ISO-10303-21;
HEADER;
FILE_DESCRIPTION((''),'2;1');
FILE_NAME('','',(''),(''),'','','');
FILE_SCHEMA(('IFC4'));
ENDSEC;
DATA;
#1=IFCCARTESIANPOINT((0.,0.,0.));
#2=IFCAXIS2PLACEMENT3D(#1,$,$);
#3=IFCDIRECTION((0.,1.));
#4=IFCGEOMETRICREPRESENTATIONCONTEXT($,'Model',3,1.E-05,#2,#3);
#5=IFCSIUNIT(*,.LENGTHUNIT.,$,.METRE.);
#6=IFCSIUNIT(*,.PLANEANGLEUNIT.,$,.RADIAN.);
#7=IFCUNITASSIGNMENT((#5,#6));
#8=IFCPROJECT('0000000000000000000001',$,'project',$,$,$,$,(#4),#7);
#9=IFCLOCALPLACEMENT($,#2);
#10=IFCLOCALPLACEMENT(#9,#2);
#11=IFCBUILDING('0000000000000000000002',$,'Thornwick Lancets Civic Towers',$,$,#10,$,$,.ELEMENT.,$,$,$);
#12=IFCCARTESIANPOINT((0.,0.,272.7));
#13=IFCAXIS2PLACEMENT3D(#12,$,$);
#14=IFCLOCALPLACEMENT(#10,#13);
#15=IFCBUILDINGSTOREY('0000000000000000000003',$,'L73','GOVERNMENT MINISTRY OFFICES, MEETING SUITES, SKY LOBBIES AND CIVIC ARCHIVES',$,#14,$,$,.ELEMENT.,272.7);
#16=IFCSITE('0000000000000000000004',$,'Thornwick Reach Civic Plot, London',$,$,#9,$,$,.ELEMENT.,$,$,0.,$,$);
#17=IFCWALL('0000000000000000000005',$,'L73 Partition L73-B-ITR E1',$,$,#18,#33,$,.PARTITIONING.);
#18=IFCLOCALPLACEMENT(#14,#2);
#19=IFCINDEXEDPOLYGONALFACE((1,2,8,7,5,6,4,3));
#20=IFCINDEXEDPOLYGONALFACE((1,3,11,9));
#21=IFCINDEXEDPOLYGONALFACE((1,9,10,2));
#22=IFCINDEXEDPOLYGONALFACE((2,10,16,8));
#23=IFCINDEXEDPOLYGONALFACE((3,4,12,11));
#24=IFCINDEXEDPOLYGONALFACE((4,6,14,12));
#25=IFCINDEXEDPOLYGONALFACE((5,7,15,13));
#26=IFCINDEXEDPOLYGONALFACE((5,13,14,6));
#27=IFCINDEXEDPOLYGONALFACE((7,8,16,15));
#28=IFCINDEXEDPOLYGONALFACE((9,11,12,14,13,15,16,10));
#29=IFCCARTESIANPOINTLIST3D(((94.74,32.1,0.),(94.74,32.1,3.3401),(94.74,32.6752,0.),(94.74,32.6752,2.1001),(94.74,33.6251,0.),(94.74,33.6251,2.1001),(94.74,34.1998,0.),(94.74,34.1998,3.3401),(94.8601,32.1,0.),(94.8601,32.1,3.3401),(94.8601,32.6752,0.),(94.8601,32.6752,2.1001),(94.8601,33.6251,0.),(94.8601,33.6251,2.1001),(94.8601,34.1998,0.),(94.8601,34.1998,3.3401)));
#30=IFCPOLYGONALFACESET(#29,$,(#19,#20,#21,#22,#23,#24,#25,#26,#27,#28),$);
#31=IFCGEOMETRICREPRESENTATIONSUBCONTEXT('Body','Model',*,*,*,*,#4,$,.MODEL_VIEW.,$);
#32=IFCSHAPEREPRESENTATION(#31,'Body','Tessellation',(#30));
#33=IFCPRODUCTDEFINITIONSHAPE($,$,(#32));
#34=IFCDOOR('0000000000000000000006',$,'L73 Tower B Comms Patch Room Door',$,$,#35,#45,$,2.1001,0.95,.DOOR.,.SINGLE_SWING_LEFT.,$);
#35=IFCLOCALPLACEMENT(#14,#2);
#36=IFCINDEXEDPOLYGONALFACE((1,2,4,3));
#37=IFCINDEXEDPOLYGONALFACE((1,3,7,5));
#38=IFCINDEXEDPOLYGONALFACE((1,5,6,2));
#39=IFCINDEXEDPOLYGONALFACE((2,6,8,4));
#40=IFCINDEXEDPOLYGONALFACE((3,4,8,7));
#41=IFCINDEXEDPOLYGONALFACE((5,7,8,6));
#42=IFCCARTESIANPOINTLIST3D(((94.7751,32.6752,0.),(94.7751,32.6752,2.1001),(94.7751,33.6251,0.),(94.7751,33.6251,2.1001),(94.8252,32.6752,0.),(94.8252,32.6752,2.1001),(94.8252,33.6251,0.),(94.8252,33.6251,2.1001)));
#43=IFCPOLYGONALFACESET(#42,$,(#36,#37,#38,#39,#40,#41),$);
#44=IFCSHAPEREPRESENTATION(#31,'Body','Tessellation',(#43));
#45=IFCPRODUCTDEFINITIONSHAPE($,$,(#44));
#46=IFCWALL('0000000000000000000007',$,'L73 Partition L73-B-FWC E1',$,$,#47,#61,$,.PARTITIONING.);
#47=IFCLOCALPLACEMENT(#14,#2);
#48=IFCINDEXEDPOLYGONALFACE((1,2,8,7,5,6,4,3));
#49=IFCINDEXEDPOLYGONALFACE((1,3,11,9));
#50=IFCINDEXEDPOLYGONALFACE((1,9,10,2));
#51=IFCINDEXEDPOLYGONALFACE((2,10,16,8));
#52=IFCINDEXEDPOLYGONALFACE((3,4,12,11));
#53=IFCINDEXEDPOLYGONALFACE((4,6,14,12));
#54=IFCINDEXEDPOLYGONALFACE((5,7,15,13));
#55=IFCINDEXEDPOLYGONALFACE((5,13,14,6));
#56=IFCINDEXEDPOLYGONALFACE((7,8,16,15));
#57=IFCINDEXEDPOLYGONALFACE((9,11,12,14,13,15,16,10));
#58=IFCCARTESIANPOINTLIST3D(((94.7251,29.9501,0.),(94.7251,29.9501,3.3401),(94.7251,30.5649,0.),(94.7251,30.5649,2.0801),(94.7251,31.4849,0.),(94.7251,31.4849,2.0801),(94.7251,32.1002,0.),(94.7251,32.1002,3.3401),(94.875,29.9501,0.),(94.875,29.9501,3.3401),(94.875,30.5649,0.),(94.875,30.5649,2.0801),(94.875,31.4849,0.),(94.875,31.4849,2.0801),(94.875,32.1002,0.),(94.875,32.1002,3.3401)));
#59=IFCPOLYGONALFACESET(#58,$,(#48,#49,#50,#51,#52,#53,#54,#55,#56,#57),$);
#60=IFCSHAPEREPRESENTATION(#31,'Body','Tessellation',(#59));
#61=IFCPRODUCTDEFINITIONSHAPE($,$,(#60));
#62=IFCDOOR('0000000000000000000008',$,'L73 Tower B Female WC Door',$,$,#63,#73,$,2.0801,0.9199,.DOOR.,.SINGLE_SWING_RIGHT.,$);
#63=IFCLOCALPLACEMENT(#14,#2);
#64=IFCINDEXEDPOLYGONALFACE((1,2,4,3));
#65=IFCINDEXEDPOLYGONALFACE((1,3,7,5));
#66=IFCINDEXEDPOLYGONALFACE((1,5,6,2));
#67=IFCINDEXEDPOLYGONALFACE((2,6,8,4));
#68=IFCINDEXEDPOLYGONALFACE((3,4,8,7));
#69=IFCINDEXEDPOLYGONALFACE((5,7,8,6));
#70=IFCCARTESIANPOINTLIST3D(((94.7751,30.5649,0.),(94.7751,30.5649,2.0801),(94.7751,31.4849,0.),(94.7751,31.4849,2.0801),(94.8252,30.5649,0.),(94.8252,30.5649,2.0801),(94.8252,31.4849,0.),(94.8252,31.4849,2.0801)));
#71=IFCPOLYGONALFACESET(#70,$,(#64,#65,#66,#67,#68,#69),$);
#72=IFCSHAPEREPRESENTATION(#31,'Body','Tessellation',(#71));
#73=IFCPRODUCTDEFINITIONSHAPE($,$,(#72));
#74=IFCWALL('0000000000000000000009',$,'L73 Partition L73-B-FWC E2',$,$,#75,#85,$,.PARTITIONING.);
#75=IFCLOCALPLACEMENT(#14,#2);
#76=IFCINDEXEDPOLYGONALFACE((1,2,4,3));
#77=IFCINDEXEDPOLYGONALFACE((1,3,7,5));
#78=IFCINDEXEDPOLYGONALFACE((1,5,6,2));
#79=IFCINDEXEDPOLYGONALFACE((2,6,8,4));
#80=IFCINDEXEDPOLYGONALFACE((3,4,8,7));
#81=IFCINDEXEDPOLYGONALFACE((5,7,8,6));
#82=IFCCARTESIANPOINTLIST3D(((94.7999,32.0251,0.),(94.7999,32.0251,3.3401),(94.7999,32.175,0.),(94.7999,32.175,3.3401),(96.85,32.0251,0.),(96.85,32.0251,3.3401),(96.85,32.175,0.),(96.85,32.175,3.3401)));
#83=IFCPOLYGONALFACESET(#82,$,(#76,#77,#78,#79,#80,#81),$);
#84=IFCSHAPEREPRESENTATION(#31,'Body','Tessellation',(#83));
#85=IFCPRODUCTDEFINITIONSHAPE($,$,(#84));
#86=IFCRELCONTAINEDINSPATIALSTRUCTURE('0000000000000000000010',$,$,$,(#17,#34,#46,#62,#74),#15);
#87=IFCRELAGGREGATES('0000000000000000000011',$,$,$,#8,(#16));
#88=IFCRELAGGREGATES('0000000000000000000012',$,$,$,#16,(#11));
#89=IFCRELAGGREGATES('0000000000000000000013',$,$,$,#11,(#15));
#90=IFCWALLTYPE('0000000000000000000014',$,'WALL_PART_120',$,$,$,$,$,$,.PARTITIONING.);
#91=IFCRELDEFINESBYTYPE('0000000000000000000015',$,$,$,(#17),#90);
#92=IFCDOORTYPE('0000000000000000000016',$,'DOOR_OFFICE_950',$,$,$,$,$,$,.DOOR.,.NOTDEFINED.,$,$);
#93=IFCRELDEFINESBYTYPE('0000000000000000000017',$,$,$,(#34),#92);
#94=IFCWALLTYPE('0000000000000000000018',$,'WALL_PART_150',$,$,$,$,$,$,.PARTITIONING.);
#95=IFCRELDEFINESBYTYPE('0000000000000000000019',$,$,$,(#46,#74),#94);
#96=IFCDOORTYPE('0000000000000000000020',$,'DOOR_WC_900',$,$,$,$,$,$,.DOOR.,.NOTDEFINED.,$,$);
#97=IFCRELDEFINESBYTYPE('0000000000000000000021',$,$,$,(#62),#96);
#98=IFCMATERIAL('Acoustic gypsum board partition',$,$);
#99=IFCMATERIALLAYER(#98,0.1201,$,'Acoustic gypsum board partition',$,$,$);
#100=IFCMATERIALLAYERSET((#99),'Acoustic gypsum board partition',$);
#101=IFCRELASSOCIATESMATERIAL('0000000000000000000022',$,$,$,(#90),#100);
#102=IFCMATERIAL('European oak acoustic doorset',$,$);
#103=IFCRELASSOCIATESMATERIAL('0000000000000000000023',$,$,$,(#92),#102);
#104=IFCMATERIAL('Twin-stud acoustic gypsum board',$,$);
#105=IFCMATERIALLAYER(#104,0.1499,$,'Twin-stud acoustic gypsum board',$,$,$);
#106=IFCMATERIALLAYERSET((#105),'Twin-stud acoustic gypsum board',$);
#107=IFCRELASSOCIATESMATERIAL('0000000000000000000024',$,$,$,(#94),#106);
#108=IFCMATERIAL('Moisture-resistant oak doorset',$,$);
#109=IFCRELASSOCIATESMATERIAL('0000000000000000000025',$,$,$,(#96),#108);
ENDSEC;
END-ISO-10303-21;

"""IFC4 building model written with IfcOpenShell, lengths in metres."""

from ifc_helpers import new_model, si_unit, direction, frame, frame_2d, origin, place, context, subcontext, project, spatial, rectangle, extrude, material, layer, layer_set, type_object, element, fill, save


model = new_model("IFC4")

# Units and contexts
model_context = context("Model", 3, precision=1e-05, world=origin(), true_north=direction((0.0, 1.0)))
body_context = subcontext(model_context, "Body", "Model", "MODEL_VIEW")
ifc_project = project(units=[si_unit("LENGTHUNIT", "METRE"), si_unit("PLANEANGLEUNIT", "RADIAN")], contexts=[model_context])

# Site, building, storey
site_placement = place(None, origin())
site = spatial("IfcSite", under=ifc_project, at=site_placement, Name="Thornwick Reach Civic Plot, London", CompositionType="ELEMENT", RefElevation=0.0)
building_placement = place(site_placement, origin())
building = spatial("IfcBuilding", under=site, at=building_placement, Name="Thornwick Lancets Civic Towers", CompositionType="ELEMENT")
storey_placement = place(building_placement, frame((0.0, 0.0, 272.7)))
storey = spatial("IfcBuildingStorey", under=building, at=storey_placement, Name="L73", Description="GOVERNMENT MINISTRY OFFICES, MEETING SUITES, SKY LOBBIES AND CIVIC ARCHIVES", CompositionType="ELEMENT", Elevation=272.7)

# Walls, openings, doors
ifc_material_1 = material(Name="Acoustic gypsum board partition")
ifc_layer_1 = layer(ifc_material_1, 0.1201, Name="Acoustic gypsum board partition")
ifc_layer_set_1 = layer_set([ifc_layer_1], Name="Acoustic gypsum board partition")
wall_type_1 = type_object("IfcWallType", Name="WALL_PART_120", PredefinedType="PARTITIONING", material=ifc_layer_set_1)
wall_1_placement = place(storey_placement, frame((94.8, 32.1001, 0.0), z_axis=(0.0, 0.0, 1.0), x_axis=(0.0, 1.0, 0.0)))
wall_1 = element("IfcWall", 1, at=wall_1_placement, inside=storey, type_object=wall_type_1, Name="L73 Partition L73-B-ITR E1", PredefinedType="PARTITIONING", context=body_context, shape_type="SweptSolid", body=[
    extrude(rectangle(XDim=2.0999, YDim=0.1201, at=frame_2d((1.0498, 0.0))), origin(), (0.0, 0.0, 1.0), 3.3401),
])
opening_1_placement = place(wall_1_placement, frame((0.575, 0.0, 0.0)))
opening_1 = element("IfcOpeningElement", 2, at=opening_1_placement, cuts=wall_1, PredefinedType="OPENING", context=body_context, shape_type="SweptSolid", body=[
    extrude(rectangle(XDim=0.95, YDim=2.1001, at=frame_2d((0.4751, 1.05))), frame((0.0, 0.0701, 0.0), z_axis=(0.0, -1.0, 0.0), x_axis=(1.0, 0.0, 0.0)), (0.0, 0.0, 1.0), 0.1401),
])
ifc_material_2 = material(Name="European oak acoustic doorset")
door_type_1 = type_object("IfcDoorType", Name="DOOR_OFFICE_950", OperationType="NOTDEFINED", PredefinedType="DOOR", material=ifc_material_2)
door_1_placement = place(opening_1_placement, origin())
door_1 = element("IfcDoor", 3, at=door_1_placement, inside=storey, type_object=door_type_1, Name="L73 Tower B Comms Patch Room Door", OperationType="SINGLE_SWING_LEFT", OverallHeight=2.1001, OverallWidth=0.95, PredefinedType="DOOR", context=body_context, shape_type="SweptSolid", body=[
    extrude(rectangle(XDim=0.95, YDim=2.1001, at=frame_2d((0.4751, 1.05))), frame((0.0, 0.0249, 0.0), z_axis=(0.0, -1.0, 0.0), x_axis=(1.0, 0.0, 0.0)), (0.0, 0.0, 1.0), 0.05),
])
fill(opening_1, door_1)
ifc_material_3 = material(Name="Twin-stud acoustic gypsum board")
ifc_layer_2 = layer(ifc_material_3, 0.1499, Name="Twin-stud acoustic gypsum board")
ifc_layer_set_2 = layer_set([ifc_layer_2], Name="Twin-stud acoustic gypsum board")
wall_type_2 = type_object("IfcWallType", Name="WALL_PART_150", PredefinedType="PARTITIONING", material=ifc_layer_set_2)
wall_2_placement = place(storey_placement, frame((94.8, 29.95, 0.0), z_axis=(0.0, 0.0, 1.0), x_axis=(0.0, 1.0, 0.0)))
wall_2 = element("IfcWall", 4, at=wall_2_placement, inside=storey, type_object=wall_type_2, Name="L73 Partition L73-B-FWC E1", PredefinedType="PARTITIONING", context=body_context, shape_type="SweptSolid", body=[
    extrude(rectangle(XDim=2.1501, YDim=0.1499, at=frame_2d((1.0752, 0.0))), origin(), (0.0, 0.0, 1.0), 3.3401),
])
opening_2_placement = place(wall_2_placement, frame((0.615, 0.0, 0.0)))
opening_2 = element("IfcOpeningElement", 5, at=opening_2_placement, cuts=wall_2, PredefinedType="OPENING", context=body_context, shape_type="SweptSolid", body=[
    extrude(rectangle(XDim=0.9199, YDim=2.0801, at=frame_2d((0.46, 1.04))), frame((0.0, 0.085, 0.0), z_axis=(0.0, -1.0, 0.0), x_axis=(1.0, 0.0, 0.0)), (0.0, 0.0, 1.0), 0.1699),
])
ifc_material_4 = material(Name="Moisture-resistant oak doorset")
door_type_2 = type_object("IfcDoorType", Name="DOOR_WC_900", OperationType="NOTDEFINED", PredefinedType="DOOR", material=ifc_material_4)
door_2_placement = place(opening_2_placement, origin())
door_2 = element("IfcDoor", 6, at=door_2_placement, inside=storey, type_object=door_type_2, Name="L73 Tower B Female WC Door", OperationType="SINGLE_SWING_RIGHT", OverallHeight=2.0801, OverallWidth=0.9199, PredefinedType="DOOR", context=body_context, shape_type="SweptSolid", body=[
    extrude(rectangle(XDim=0.9199, YDim=2.0801, at=frame_2d((0.46, 1.04))), frame((0.0, 0.0249, 0.0), z_axis=(0.0, -1.0, 0.0), x_axis=(1.0, 0.0, 0.0)), (0.0, 0.0, 1.0), 0.05),
])
fill(opening_2, door_2)

# Wall
wall_3_placement = place(storey_placement, frame((94.8, 32.1001, 0.0), z_axis=(0.0, 0.0, 1.0), x_axis=(1.0, 0.0, 0.0)))
element("IfcWall", 7, at=wall_3_placement, inside=storey, type_object=wall_type_2, Name="L73 Partition L73-B-FWC E2", PredefinedType="PARTITIONING", context=body_context, shape_type="SweptSolid", body=[
    extrude(rectangle(XDim=2.05, YDim=0.1499, at=frame_2d((1.0249, 0.0))), origin(), (0.0, 0.0, 1.0), 3.3401),
])

save(model, "model.ifc")
